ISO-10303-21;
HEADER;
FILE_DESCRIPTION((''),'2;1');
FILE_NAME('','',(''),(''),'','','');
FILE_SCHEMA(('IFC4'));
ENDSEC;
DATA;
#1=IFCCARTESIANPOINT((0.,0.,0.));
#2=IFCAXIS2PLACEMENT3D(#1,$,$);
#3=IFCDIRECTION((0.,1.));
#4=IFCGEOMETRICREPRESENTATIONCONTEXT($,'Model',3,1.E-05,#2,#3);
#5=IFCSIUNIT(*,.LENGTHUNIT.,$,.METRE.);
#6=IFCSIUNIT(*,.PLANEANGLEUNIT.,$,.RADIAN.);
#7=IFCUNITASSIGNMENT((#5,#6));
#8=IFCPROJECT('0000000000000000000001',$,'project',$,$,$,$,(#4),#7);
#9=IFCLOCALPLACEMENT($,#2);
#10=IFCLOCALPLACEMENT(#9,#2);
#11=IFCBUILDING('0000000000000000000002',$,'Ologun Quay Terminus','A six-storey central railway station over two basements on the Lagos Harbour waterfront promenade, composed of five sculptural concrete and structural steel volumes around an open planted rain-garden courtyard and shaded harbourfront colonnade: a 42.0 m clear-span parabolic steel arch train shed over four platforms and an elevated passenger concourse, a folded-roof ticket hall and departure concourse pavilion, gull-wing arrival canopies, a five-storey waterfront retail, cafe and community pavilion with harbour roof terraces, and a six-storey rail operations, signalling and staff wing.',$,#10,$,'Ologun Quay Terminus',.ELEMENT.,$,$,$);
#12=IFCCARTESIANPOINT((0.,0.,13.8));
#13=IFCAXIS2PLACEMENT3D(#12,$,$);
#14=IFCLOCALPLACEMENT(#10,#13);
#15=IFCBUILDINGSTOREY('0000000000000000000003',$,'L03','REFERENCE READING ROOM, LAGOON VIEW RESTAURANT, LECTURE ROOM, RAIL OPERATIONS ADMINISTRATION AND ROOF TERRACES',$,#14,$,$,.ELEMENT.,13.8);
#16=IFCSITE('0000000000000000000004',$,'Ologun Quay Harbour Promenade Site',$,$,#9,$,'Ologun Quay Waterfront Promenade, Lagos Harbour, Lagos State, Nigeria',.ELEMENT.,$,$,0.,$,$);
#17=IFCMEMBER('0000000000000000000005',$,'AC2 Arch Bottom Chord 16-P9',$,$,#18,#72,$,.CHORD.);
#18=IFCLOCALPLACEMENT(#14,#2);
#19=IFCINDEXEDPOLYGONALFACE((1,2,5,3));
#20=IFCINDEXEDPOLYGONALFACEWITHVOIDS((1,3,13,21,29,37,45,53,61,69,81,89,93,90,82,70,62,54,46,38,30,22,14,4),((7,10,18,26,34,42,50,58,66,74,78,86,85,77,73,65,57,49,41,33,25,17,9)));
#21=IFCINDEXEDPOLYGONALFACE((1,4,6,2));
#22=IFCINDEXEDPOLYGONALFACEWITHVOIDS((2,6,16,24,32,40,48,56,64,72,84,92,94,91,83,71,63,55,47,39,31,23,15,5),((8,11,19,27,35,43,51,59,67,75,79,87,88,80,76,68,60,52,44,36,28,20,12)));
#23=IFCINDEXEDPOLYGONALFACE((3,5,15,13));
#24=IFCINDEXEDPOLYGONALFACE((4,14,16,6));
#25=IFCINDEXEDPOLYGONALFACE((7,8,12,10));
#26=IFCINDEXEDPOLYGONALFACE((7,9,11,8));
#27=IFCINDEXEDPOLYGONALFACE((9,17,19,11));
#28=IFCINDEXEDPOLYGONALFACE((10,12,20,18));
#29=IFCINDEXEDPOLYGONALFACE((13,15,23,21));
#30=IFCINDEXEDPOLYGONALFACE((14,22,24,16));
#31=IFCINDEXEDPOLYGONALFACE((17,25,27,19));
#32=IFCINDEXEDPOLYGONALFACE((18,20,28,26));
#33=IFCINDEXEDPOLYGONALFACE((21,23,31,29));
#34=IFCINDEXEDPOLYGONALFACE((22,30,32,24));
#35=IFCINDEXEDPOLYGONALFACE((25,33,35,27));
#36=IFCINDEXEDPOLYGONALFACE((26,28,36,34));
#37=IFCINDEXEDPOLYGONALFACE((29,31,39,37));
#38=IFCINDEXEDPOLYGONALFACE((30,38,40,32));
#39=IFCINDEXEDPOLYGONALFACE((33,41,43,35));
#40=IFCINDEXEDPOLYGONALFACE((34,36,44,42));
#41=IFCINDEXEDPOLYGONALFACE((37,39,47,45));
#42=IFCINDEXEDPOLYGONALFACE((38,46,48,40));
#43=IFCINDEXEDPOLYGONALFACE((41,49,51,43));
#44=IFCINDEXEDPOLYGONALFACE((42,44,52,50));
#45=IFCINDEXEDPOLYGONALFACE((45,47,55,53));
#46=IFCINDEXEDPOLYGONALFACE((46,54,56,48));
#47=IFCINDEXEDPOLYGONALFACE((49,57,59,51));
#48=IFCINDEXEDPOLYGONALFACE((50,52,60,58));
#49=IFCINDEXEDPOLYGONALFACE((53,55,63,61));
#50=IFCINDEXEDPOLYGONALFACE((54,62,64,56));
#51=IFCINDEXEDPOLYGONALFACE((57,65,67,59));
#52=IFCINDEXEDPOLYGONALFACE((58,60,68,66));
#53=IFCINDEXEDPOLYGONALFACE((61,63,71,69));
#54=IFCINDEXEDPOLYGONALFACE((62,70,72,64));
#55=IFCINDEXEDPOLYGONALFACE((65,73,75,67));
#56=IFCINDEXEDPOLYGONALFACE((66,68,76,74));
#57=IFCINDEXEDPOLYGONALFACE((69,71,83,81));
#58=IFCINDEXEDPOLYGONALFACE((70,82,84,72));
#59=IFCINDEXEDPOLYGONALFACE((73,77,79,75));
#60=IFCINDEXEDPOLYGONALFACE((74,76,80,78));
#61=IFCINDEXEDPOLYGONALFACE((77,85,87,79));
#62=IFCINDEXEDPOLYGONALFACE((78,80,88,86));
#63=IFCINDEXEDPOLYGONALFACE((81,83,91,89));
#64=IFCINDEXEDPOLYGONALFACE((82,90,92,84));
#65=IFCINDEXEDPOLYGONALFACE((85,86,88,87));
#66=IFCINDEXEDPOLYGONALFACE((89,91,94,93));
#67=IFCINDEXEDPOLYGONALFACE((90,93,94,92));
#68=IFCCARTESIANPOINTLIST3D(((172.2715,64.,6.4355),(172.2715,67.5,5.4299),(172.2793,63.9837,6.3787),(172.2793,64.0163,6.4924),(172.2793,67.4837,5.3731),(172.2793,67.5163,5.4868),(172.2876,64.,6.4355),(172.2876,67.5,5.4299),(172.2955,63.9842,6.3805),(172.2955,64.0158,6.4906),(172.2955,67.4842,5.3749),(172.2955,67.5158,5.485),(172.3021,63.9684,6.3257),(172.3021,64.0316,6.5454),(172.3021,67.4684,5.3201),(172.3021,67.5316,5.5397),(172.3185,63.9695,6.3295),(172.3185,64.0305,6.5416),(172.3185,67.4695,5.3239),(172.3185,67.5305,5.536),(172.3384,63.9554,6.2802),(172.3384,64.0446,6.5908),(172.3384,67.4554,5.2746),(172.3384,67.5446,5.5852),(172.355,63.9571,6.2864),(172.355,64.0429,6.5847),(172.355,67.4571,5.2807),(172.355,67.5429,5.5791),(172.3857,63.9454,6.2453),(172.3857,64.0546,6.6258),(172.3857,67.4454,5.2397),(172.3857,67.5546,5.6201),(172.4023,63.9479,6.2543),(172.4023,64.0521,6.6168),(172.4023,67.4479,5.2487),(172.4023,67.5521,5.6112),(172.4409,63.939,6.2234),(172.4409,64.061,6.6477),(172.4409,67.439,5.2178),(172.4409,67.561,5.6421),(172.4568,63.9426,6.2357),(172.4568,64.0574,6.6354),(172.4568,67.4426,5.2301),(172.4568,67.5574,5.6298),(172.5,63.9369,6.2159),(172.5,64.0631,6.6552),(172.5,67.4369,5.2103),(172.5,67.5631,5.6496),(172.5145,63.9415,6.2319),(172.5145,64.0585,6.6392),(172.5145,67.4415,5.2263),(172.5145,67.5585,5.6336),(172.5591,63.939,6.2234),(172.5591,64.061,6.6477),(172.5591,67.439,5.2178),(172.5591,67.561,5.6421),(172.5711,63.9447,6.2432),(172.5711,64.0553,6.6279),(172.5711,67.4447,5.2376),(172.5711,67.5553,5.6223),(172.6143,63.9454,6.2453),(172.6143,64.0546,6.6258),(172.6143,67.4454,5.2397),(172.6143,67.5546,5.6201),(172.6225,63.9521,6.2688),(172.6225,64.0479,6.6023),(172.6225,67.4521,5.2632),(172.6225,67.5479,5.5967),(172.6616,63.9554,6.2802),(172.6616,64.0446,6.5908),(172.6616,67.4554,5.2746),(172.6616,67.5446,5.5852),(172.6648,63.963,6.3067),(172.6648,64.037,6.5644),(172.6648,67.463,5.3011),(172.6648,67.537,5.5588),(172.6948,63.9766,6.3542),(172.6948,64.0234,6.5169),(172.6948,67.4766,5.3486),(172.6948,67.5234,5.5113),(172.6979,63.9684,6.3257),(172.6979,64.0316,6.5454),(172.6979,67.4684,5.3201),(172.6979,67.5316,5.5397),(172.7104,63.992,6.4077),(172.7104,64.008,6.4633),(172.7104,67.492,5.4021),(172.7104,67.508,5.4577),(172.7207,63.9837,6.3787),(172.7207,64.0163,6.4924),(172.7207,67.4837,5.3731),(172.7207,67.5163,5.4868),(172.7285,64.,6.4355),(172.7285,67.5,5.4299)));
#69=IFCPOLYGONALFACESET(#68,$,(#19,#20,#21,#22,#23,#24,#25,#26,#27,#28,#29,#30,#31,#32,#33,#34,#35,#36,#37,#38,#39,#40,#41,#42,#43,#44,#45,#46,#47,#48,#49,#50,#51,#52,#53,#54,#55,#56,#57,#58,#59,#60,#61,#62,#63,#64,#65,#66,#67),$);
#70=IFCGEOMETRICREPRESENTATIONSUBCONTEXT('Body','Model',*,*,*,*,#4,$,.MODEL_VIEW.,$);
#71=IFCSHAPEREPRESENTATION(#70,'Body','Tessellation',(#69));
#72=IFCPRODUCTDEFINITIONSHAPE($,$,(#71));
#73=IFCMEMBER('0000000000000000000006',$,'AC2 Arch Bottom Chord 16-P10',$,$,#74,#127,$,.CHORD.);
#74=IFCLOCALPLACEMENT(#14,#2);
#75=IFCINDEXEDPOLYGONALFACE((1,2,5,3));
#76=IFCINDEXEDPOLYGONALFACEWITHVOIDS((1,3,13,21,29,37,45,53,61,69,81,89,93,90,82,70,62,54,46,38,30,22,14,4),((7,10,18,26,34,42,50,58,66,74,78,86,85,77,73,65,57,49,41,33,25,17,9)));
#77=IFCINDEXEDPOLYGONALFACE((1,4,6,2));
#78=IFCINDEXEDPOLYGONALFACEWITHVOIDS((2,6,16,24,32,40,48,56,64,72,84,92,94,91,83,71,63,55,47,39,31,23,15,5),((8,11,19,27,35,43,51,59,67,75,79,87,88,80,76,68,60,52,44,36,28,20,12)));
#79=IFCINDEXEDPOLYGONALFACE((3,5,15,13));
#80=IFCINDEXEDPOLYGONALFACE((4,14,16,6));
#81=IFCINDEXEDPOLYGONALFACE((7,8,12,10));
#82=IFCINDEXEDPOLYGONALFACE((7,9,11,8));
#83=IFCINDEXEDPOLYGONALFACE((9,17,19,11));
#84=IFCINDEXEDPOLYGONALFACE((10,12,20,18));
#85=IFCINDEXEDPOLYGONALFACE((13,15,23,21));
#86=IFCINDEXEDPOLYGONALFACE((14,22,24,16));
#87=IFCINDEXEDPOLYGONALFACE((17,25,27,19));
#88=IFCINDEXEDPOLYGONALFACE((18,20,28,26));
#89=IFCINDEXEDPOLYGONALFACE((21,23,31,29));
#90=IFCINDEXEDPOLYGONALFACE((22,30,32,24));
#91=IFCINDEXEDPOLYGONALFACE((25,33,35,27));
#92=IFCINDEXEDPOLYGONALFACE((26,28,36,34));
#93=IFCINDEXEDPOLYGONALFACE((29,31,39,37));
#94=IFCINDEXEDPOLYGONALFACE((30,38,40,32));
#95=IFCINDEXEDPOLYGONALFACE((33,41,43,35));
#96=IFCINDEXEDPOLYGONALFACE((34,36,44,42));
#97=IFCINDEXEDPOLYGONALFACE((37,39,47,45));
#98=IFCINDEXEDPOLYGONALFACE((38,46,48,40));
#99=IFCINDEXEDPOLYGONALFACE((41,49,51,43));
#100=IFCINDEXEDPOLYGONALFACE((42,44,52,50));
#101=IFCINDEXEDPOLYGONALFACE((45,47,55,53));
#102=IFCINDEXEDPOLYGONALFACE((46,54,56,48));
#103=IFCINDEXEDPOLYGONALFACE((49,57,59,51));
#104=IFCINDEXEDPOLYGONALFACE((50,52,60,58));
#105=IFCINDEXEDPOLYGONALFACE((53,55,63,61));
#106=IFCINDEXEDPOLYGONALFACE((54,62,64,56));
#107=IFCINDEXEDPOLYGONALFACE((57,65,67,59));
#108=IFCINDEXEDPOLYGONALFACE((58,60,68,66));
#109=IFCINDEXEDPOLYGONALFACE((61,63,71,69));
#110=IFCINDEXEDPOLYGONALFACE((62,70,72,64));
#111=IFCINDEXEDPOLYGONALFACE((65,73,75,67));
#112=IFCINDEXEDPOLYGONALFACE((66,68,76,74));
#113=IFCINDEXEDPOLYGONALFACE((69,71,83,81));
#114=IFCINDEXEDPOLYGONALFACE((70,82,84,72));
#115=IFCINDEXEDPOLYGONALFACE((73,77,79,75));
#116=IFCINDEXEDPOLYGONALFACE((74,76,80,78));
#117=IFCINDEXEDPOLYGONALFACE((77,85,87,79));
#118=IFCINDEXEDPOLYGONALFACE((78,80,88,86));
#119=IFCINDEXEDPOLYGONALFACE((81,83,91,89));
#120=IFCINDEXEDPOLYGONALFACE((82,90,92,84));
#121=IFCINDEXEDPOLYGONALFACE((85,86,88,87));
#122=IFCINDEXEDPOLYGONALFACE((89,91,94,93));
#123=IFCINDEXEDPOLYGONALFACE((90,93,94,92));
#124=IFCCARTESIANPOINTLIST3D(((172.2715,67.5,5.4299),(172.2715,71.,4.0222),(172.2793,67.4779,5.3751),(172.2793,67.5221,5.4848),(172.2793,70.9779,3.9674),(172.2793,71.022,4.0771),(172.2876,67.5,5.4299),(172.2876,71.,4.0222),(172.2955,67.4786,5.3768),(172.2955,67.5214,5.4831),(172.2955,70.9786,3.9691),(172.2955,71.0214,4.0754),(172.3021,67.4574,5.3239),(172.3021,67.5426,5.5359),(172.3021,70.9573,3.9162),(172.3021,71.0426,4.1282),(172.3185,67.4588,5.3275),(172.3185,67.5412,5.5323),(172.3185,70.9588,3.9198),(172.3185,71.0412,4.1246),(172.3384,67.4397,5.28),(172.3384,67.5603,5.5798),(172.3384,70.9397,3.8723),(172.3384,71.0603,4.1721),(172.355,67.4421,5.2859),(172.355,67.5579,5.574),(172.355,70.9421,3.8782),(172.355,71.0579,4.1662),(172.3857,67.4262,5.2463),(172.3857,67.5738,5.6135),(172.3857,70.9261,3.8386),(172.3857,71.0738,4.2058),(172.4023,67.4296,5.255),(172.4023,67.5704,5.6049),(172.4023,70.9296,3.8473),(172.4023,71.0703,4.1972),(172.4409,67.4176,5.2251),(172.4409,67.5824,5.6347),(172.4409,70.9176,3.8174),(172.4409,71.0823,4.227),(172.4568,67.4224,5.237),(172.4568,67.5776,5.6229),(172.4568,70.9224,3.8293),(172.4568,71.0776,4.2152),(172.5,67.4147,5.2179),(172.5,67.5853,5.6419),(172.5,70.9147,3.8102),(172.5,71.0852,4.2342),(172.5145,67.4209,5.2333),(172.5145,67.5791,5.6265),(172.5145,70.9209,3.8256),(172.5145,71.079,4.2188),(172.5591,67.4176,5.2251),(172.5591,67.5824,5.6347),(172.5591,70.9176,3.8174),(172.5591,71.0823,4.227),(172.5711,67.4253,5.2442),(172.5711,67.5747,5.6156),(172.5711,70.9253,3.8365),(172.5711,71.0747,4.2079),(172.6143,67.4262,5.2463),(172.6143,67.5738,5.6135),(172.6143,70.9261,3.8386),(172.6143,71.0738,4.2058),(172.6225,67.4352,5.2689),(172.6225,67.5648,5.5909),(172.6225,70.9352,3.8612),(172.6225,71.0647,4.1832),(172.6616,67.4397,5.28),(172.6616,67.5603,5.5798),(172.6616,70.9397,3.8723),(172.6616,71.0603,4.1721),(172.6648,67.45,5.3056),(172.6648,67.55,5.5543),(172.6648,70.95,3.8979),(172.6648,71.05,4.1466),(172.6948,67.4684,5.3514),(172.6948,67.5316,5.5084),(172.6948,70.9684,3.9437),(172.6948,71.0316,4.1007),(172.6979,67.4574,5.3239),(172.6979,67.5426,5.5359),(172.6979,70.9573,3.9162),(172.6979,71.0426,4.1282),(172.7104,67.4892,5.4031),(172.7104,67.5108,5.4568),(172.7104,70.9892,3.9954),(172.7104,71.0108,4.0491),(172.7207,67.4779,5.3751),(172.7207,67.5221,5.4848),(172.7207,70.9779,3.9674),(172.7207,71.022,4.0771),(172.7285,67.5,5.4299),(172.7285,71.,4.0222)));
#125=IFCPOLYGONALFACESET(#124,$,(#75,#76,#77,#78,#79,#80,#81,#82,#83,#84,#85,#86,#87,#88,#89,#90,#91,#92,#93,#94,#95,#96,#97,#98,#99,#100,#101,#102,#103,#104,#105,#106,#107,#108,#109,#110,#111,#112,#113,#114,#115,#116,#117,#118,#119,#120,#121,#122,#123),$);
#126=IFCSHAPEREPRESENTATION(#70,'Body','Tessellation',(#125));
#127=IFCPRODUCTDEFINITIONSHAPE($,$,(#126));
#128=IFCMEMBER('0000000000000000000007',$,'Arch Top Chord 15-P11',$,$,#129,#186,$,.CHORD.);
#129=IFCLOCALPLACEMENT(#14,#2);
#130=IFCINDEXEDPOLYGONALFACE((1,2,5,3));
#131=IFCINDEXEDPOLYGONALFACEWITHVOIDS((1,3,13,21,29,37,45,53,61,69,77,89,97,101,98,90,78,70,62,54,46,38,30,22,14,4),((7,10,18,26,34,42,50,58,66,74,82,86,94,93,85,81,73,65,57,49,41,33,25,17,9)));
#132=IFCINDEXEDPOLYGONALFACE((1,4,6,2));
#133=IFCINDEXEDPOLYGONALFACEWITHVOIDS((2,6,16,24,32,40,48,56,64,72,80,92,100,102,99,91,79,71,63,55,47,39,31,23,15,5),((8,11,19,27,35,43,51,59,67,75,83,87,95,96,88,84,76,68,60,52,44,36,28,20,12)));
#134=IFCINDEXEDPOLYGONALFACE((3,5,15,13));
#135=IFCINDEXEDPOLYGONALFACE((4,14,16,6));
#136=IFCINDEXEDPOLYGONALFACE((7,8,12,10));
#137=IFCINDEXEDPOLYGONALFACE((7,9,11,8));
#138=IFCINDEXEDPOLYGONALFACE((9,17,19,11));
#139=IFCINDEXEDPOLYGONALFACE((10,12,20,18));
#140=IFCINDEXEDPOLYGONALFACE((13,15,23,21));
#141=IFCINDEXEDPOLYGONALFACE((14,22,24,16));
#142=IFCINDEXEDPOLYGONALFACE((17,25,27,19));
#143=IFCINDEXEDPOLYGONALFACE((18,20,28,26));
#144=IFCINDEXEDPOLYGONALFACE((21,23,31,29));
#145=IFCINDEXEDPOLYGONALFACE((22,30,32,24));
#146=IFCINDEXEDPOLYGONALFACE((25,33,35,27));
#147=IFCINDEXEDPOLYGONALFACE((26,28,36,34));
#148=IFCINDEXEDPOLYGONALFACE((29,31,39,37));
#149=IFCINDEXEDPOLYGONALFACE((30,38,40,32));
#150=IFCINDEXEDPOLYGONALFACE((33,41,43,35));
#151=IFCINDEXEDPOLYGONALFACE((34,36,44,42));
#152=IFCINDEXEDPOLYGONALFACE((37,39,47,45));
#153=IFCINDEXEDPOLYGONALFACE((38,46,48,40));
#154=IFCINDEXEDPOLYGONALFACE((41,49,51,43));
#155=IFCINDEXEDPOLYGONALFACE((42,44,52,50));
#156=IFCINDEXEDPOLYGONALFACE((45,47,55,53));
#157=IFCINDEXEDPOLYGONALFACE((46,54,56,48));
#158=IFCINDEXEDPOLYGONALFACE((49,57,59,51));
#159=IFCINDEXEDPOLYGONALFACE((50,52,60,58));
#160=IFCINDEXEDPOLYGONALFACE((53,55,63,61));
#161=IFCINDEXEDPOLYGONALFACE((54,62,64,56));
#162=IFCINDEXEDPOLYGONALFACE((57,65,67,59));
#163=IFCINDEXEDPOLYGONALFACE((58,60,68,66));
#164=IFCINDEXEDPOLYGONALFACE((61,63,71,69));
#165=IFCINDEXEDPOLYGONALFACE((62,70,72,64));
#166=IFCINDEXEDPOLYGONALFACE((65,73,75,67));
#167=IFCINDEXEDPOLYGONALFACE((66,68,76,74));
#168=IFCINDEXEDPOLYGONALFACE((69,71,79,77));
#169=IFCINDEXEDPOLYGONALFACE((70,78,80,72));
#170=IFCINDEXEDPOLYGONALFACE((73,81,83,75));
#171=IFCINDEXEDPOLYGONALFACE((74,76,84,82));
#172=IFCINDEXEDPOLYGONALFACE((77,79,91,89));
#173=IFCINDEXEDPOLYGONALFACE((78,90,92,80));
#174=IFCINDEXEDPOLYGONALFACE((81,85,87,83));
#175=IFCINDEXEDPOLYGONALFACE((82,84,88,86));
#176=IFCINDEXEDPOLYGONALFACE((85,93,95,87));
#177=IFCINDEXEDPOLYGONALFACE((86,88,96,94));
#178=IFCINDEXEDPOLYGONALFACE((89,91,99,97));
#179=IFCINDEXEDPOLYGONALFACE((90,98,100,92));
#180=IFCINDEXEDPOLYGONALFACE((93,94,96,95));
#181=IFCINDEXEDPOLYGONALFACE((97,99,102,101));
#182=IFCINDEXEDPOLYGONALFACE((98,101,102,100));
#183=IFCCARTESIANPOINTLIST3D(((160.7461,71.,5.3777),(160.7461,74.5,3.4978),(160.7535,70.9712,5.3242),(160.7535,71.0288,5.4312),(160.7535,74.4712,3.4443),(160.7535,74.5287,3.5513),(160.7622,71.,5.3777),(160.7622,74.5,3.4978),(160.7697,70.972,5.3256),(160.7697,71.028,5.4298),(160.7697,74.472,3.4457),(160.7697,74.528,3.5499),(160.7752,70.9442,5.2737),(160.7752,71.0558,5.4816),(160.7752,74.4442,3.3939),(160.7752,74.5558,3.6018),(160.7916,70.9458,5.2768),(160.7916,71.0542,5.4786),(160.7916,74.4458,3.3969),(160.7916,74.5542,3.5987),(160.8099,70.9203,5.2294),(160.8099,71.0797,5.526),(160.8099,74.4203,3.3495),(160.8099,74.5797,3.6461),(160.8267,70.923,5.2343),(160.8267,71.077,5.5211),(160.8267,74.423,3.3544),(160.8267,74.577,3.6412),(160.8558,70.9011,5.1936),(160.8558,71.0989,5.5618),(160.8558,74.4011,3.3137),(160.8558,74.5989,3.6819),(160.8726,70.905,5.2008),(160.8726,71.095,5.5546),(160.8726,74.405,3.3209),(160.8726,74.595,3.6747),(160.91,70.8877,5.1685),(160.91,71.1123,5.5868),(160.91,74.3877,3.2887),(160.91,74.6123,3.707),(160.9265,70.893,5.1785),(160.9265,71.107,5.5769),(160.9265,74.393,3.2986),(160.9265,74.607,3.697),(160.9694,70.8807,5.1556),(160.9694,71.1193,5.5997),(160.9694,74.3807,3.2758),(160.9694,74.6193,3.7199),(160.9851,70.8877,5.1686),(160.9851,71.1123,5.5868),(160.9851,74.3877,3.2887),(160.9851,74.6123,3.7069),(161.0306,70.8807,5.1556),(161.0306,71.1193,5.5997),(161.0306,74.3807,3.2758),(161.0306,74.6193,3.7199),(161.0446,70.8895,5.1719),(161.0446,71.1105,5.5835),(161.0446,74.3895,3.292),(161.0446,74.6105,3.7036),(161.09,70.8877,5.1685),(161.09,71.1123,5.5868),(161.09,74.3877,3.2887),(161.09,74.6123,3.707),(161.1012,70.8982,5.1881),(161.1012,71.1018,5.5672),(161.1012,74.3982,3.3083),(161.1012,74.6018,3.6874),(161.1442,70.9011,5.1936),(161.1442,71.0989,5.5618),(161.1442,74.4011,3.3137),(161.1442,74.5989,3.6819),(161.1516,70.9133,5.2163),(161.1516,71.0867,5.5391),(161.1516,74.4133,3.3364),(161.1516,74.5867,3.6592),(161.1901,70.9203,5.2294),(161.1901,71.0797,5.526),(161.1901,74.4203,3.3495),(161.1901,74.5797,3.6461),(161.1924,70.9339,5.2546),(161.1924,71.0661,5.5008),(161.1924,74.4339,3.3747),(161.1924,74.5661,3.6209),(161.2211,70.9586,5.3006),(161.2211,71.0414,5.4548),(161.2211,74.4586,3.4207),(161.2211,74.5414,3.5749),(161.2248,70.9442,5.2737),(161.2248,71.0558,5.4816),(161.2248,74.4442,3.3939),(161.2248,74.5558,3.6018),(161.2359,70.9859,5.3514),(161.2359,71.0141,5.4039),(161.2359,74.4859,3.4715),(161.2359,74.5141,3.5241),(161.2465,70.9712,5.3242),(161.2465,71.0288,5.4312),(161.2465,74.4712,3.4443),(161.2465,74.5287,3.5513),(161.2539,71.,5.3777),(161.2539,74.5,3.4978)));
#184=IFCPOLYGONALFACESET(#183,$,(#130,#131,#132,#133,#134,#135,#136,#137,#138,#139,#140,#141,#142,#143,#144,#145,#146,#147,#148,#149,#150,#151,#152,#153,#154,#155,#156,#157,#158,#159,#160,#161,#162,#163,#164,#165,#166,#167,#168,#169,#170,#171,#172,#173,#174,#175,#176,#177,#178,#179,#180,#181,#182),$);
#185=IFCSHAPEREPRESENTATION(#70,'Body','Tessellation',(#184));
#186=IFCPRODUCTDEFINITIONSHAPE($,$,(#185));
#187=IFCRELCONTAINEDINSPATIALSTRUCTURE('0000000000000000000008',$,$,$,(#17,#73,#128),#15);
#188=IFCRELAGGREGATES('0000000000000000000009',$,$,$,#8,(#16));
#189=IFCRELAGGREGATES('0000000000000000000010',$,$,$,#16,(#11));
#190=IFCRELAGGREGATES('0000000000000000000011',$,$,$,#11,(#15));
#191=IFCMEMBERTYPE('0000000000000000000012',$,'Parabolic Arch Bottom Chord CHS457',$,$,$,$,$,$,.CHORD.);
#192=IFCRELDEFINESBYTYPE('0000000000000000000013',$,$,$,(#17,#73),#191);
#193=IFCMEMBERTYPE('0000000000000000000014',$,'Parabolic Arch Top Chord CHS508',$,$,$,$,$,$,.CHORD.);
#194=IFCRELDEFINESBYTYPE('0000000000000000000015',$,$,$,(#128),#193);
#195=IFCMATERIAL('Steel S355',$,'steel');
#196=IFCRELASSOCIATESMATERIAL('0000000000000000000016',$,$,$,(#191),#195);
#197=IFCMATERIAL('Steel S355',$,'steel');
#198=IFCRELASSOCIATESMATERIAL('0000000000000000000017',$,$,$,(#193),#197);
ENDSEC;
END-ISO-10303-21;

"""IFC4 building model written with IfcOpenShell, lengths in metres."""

from ifc_helpers import new_model, si_unit, direction, frame, origin, origin_2d, place, context, subcontext, project, spatial, hollow_circle, extrude, material, material_profile, profile_set, type_object, element, save


model = new_model("IFC4")

# Units and contexts
model_context = context("Model", 3, precision=1e-05, world=origin(), true_north=direction((0.0, 1.0)))
body_context = subcontext(model_context, "Body", "Model", "MODEL_VIEW")
ifc_project = project(units=[si_unit("LENGTHUNIT", "METRE"), si_unit("PLANEANGLEUNIT", "RADIAN")], contexts=[model_context])

# Site, building, storey
site_placement = place(None, origin())
site = spatial("IfcSite", under=ifc_project, at=site_placement, Name="Ologun Quay Harbour Promenade Site", LongName="Ologun Quay Waterfront Promenade, Lagos Harbour, Lagos State, Nigeria", CompositionType="ELEMENT", RefElevation=0.0)
building_placement = place(site_placement, origin())
building = spatial("IfcBuilding", under=site, at=building_placement, Name="Ologun Quay Terminus", Description="A six-storey central railway station over two basements on the Lagos Harbour waterfront promenade, composed of five sculptural concrete and structural steel volumes around an open planted rain-garden courtyard and shaded harbourfront colonnade: a 42.0 m clear-span parabolic steel arch train shed over four platforms and an elevated passenger concourse, a folded-roof ticket hall and departure concourse pavilion, gull-wing arrival canopies, a five-storey waterfront retail, cafe and community pavilion with harbour roof terraces, and a six-storey rail operations, signalling and staff wing.", LongName="Ologun Quay Terminus", CompositionType="ELEMENT")
storey_placement = place(building_placement, frame((0.0, 0.0, 13.8)))
storey = spatial("IfcBuildingStorey", under=building, at=storey_placement, Name="L03", Description="REFERENCE READING ROOM, LAGOON VIEW RESTAURANT, LECTURE ROOM, RAIL OPERATIONS ADMINISTRATION AND ROOF TERRACES", CompositionType="ELEMENT", Elevation=13.8)

# Members
ifc_material_1 = material(Name="Steel S355", Category="steel")
ifc_material_profile_1 = material_profile(ifc_material_1, hollow_circle(Radius=0.2285, WallThickness=0.0161, at=origin_2d()), Name="CHS 457x16")
ifc_profile_set_1 = profile_set([ifc_material_profile_1], Name="Steel S355")
member_type_1 = type_object("IfcMemberType", Name="Parabolic Arch Bottom Chord CHS457", PredefinedType="CHORD", material=ifc_profile_set_1)
member_1_placement = place(storey_placement, frame((172.5, 64.0, 6.4355), z_axis=(0.0, 0.961116, -0.276146), x_axis=(-1.0, 0.0, 0.0)))
element("IfcMember", 1, at=member_1_placement, inside=storey, type_object=member_type_1, Name="AC2 Arch Bottom Chord 16-P9", PredefinedType="CHORD", context=body_context, shape_type="SweptSolid", body=[
    extrude(hollow_circle(Radius=0.2285, WallThickness=0.0161, at=origin_2d()), origin(), (0.0, 0.0, 1.0), 3.6416),
])
member_2_placement = place(storey_placement, frame((172.5, 67.5, 5.4299), z_axis=(0.0, 0.92777, -0.373153), x_axis=(-1.0, 0.0, 0.0)))
element("IfcMember", 2, at=member_2_placement, inside=storey, type_object=member_type_1, Name="AC2 Arch Bottom Chord 16-P10", PredefinedType="CHORD", context=body_context, shape_type="SweptSolid", body=[
    extrude(hollow_circle(Radius=0.2285, WallThickness=0.0161, at=origin_2d()), origin(), (0.0, 0.0, 1.0), 3.7725),
])
ifc_material_2 = material(Name="Steel S355", Category="steel")
ifc_material_profile_2 = material_profile(ifc_material_2, hollow_circle(Radius=0.2539, WallThickness=0.0161, at=origin_2d()), Name="CHS 508x16")
ifc_profile_set_2 = profile_set([ifc_material_profile_2], Name="Steel S355")
member_type_2 = type_object("IfcMemberType", Name="Parabolic Arch Top Chord CHS508", PredefinedType="CHORD", material=ifc_profile_set_2)
member_3_placement = place(storey_placement, frame((161.0, 71.0, 5.3777), z_axis=(0.0, 0.880968, -0.473176), x_axis=(-1.0, 0.0, 0.0)))
element("IfcMember", 3, at=member_3_placement, inside=storey, type_object=member_type_2, Name="Arch Top Chord 15-P11", PredefinedType="CHORD", context=body_context, shape_type="SweptSolid", body=[
    extrude(hollow_circle(Radius=0.2539, WallThickness=0.0161, at=origin_2d()), origin(), (0.0, 0.0, 1.0), 3.9729),
])

save(model, "model.ifc")
